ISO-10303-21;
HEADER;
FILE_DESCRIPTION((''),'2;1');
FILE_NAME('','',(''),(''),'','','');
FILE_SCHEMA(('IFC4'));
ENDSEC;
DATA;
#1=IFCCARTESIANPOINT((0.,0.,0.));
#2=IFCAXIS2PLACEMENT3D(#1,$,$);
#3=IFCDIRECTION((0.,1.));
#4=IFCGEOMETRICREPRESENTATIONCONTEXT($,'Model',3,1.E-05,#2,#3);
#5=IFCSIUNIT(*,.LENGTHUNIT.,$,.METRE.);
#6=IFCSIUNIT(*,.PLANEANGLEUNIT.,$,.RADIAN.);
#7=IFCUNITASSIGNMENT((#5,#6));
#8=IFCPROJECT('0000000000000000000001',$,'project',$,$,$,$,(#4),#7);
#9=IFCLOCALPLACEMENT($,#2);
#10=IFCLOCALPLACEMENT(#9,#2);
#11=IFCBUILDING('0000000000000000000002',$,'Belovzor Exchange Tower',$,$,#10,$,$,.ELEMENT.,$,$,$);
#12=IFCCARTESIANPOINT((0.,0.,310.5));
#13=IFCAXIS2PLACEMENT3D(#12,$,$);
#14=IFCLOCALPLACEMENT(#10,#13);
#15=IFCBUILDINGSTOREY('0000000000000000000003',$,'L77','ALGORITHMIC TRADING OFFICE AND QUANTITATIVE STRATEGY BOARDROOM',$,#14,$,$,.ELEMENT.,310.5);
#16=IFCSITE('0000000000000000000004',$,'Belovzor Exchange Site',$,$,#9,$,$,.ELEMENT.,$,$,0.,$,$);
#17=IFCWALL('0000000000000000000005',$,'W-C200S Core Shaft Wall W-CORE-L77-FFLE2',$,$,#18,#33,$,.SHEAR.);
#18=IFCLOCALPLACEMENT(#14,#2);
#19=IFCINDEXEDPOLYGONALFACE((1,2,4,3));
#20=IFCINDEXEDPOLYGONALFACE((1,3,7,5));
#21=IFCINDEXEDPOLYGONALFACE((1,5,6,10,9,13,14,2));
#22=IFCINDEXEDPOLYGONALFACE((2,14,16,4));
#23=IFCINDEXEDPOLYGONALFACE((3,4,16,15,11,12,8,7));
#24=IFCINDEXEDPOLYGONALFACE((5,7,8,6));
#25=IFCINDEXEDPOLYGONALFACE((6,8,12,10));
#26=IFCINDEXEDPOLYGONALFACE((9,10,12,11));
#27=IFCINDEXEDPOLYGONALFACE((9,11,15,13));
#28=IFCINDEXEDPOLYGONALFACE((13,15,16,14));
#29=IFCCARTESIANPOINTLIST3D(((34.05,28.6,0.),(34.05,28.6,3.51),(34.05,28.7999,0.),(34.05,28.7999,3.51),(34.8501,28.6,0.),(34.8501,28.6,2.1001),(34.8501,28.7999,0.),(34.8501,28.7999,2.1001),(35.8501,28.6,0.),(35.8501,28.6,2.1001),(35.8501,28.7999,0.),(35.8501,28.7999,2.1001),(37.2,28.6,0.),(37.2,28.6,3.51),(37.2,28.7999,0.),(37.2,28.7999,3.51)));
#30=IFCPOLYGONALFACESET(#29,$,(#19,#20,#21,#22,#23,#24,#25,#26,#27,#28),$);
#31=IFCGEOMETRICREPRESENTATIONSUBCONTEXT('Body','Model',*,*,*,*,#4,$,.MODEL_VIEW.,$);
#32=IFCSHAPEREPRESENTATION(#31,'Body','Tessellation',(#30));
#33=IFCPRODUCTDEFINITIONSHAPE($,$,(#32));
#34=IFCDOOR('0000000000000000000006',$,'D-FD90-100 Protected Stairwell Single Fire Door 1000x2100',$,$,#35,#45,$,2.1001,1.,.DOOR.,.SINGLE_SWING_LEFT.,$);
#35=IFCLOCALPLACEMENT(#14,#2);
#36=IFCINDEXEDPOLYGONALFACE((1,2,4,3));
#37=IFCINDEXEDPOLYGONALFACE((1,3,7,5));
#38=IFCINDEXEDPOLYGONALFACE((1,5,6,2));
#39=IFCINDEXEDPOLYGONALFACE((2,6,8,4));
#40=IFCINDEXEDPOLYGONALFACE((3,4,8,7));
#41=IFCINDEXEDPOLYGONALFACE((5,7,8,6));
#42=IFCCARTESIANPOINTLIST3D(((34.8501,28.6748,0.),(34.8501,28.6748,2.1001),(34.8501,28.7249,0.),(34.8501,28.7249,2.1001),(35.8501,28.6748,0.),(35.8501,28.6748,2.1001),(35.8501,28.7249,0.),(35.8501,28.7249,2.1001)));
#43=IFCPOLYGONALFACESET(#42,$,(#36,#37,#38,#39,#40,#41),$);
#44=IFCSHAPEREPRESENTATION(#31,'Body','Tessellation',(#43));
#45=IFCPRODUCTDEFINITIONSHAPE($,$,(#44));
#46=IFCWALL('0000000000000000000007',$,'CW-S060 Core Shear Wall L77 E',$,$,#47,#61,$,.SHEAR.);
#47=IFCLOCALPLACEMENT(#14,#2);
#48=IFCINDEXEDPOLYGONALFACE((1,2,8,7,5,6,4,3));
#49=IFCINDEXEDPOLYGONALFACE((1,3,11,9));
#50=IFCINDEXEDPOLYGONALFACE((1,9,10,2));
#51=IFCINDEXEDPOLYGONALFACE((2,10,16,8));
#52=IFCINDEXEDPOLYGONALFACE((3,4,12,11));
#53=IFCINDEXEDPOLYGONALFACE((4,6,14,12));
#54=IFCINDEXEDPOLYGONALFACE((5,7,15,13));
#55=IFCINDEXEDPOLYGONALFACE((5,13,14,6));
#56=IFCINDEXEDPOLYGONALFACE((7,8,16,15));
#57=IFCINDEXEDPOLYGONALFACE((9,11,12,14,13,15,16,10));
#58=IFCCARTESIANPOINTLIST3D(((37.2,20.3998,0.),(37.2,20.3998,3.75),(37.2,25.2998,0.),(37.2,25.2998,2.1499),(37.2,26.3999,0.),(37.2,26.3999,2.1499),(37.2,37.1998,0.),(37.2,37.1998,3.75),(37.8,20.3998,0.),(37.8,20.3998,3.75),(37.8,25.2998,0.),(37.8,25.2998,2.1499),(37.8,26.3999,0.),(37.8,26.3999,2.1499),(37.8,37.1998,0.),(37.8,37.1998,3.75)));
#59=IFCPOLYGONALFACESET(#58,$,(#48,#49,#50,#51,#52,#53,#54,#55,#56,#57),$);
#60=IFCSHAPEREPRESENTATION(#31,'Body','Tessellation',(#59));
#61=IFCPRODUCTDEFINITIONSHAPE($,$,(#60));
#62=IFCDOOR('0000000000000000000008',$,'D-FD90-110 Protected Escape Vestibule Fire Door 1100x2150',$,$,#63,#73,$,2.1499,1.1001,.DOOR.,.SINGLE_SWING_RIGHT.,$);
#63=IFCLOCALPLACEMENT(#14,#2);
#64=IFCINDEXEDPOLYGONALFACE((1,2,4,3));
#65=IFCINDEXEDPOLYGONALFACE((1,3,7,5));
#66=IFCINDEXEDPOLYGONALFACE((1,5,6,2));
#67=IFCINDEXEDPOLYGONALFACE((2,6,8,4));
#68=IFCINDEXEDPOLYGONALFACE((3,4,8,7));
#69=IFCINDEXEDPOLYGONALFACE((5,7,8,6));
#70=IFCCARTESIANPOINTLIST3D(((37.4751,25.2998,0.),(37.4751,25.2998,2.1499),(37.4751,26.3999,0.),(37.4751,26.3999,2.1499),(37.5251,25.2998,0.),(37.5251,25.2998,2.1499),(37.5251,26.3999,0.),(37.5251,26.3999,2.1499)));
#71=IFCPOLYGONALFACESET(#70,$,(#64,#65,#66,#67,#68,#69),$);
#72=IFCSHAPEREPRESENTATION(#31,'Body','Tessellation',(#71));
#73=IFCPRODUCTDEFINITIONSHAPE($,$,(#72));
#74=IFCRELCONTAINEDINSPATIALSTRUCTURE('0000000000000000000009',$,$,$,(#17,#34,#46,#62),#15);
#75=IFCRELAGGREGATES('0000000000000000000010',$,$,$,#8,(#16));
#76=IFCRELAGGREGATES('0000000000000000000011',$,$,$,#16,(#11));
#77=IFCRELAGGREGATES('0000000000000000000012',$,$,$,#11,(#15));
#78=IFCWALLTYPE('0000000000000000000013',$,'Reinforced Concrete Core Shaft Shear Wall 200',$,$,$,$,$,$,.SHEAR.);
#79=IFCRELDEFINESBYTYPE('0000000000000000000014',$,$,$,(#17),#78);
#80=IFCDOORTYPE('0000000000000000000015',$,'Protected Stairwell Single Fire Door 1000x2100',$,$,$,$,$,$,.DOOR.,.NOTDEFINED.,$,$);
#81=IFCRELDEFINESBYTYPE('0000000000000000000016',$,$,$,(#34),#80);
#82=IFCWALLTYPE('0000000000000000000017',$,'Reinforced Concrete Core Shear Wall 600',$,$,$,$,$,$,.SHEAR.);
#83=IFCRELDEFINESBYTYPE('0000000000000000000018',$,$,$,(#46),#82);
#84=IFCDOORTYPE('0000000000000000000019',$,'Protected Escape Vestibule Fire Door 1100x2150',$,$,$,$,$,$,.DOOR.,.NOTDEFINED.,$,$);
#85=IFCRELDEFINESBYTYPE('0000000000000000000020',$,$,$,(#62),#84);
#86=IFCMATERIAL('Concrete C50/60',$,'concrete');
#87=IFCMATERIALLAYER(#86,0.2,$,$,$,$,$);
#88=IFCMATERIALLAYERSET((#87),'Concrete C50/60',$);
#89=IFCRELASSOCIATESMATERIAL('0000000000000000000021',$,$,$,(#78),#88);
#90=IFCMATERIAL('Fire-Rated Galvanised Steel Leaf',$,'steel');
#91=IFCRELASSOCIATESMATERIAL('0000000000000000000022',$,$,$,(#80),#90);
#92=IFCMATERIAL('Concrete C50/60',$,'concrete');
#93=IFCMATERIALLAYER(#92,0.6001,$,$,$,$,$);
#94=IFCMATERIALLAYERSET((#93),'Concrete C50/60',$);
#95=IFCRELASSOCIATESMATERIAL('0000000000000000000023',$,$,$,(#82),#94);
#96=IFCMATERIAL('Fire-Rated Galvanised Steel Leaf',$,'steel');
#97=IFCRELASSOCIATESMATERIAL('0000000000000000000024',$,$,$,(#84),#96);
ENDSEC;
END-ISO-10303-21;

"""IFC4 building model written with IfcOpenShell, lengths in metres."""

from ifc_helpers import new_model, si_unit, direction, frame, frame_2d, origin, place, context, subcontext, project, spatial, rectangle, extrude, material, layer, layer_set, type_object, element, fill, save


model = new_model("IFC4")

# Units and contexts
model_context = context("Model", 3, precision=1e-05, world=origin(), true_north=direction((0.0, 1.0)))
body_context = subcontext(model_context, "Body", "Model", "MODEL_VIEW")
ifc_project = project(units=[si_unit("LENGTHUNIT", "METRE"), si_unit("PLANEANGLEUNIT", "RADIAN")], contexts=[model_context])

# Site, building, storey
site_placement = place(None, origin())
site = spatial("IfcSite", under=ifc_project, at=site_placement, Name="Belovzor Exchange Site", CompositionType="ELEMENT", RefElevation=0.0)
building_placement = place(site_placement, origin())
building = spatial("IfcBuilding", under=site, at=building_placement, Name="Belovzor Exchange Tower", CompositionType="ELEMENT")
storey_placement = place(building_placement, frame((0.0, 0.0, 310.5)))
storey = spatial("IfcBuildingStorey", under=building, at=storey_placement, Name="L77", Description="ALGORITHMIC TRADING OFFICE AND QUANTITATIVE STRATEGY BOARDROOM", CompositionType="ELEMENT", Elevation=310.5)

# Walls, openings, doors
ifc_material_1 = material(Name="Concrete C50/60", Category="concrete")
ifc_layer_1 = layer(ifc_material_1, 0.2)
ifc_layer_set_1 = layer_set([ifc_layer_1], Name="Concrete C50/60")
wall_type_1 = type_object("IfcWallType", Name="Reinforced Concrete Core Shaft Shear Wall 200", PredefinedType="SHEAR", material=ifc_layer_set_1)
wall_1_placement = place(storey_placement, frame((34.05, 28.7, 0.0), z_axis=(0.0, 0.0, 1.0), x_axis=(1.0, 0.0, 0.0)))
wall_1 = element("IfcWall", 1, at=wall_1_placement, inside=storey, type_object=wall_type_1, Name="W-C200S Core Shaft Wall W-CORE-L77-FFLE2", PredefinedType="SHEAR", context=body_context, shape_type="SweptSolid", body=[
    extrude(rectangle(XDim=3.1499, YDim=0.2, at=frame_2d((1.575, 0.0))), origin(), (0.0, 0.0, 1.0), 3.51),
])
opening_1_placement = place(wall_1_placement, frame((0.8, 0.0, 0.0)))
opening_1 = element("IfcOpeningElement", 2, at=opening_1_placement, cuts=wall_1, PredefinedType="OPENING", context=body_context, shape_type="SweptSolid", body=[
    extrude(rectangle(XDim=1.0, YDim=2.1001, at=frame_2d((0.5, 1.05))), frame((0.0, 0.1099, 0.0), z_axis=(0.0, -1.0, 0.0), x_axis=(1.0, 0.0, 0.0)), (0.0, 0.0, 1.0), 0.22),
])
ifc_material_2 = material(Name="Fire-Rated Galvanised Steel Leaf", Category="steel")
door_type_1 = type_object("IfcDoorType", Name="Protected Stairwell Single Fire Door 1000x2100", OperationType="NOTDEFINED", PredefinedType="DOOR", material=ifc_material_2)
door_1_placement = place(opening_1_placement, origin())
door_1 = element("IfcDoor", 3, at=door_1_placement, inside=storey, type_object=door_type_1, Name="D-FD90-100 Protected Stairwell Single Fire Door 1000x2100", OperationType="SINGLE_SWING_LEFT", OverallHeight=2.1001, OverallWidth=1.0, PredefinedType="DOOR", context=body_context, shape_type="SweptSolid", body=[
    extrude(rectangle(XDim=1.0, YDim=2.1001, at=frame_2d((0.5, 1.05))), frame((0.0, 0.0249, 0.0), z_axis=(0.0, -1.0, 0.0), x_axis=(1.0, 0.0, 0.0)), (0.0, 0.0, 1.0), 0.05),
])
fill(opening_1, door_1)
ifc_material_3 = material(Name="Concrete C50/60", Category="concrete")
ifc_layer_2 = layer(ifc_material_3, 0.6001)
ifc_layer_set_2 = layer_set([ifc_layer_2], Name="Concrete C50/60")
wall_type_2 = type_object("IfcWallType", Name="Reinforced Concrete Core Shear Wall 600", PredefinedType="SHEAR", material=ifc_layer_set_2)
wall_2_placement = place(storey_placement, frame((37.5, 20.3999, 0.0), z_axis=(0.0, 0.0, 1.0), x_axis=(0.0, 1.0, 0.0)))
wall_2 = element("IfcWall", 4, at=wall_2_placement, inside=storey, type_object=wall_type_2, Name="CW-S060 Core Shear Wall L77 E", PredefinedType="SHEAR", context=body_context, shape_type="SweptSolid", body=[
    extrude(rectangle(XDim=16.8, YDim=0.6001, at=frame_2d((8.3999, 0.0))), origin(), (0.0, 0.0, 1.0), 3.75),
])
opening_2_placement = place(wall_2_placement, frame((4.8999, 0.0, 0.0)))
opening_2 = element("IfcOpeningElement", 5, at=opening_2_placement, cuts=wall_2, PredefinedType="OPENING", context=body_context, shape_type="SweptSolid", body=[
    extrude(rectangle(XDim=1.1001, YDim=2.1499, at=frame_2d((0.55, 1.075))), frame((0.0, 0.3101, 0.0), z_axis=(0.0, -1.0, 0.0), x_axis=(1.0, 0.0, 0.0)), (0.0, 0.0, 1.0), 0.6201),
])
ifc_material_4 = material(Name="Fire-Rated Galvanised Steel Leaf", Category="steel")
door_type_2 = type_object("IfcDoorType", Name="Protected Escape Vestibule Fire Door 1100x2150", OperationType="NOTDEFINED", PredefinedType="DOOR", material=ifc_material_4)
door_2_placement = place(opening_2_placement, origin())
door_2 = element("IfcDoor", 6, at=door_2_placement, inside=storey, type_object=door_type_2, Name="D-FD90-110 Protected Escape Vestibule Fire Door 1100x2150", OperationType="SINGLE_SWING_RIGHT", OverallHeight=2.1499, OverallWidth=1.1001, PredefinedType="DOOR", context=body_context, shape_type="SweptSolid", body=[
    extrude(rectangle(XDim=1.1001, YDim=2.1499, at=frame_2d((0.55, 1.075))), frame((0.0, 0.0249, 0.0), z_axis=(0.0, -1.0, 0.0), x_axis=(1.0, 0.0, 0.0)), (0.0, 0.0, 1.0), 0.05),
])
fill(opening_2, door_2)

save(model, "model.ifc")
